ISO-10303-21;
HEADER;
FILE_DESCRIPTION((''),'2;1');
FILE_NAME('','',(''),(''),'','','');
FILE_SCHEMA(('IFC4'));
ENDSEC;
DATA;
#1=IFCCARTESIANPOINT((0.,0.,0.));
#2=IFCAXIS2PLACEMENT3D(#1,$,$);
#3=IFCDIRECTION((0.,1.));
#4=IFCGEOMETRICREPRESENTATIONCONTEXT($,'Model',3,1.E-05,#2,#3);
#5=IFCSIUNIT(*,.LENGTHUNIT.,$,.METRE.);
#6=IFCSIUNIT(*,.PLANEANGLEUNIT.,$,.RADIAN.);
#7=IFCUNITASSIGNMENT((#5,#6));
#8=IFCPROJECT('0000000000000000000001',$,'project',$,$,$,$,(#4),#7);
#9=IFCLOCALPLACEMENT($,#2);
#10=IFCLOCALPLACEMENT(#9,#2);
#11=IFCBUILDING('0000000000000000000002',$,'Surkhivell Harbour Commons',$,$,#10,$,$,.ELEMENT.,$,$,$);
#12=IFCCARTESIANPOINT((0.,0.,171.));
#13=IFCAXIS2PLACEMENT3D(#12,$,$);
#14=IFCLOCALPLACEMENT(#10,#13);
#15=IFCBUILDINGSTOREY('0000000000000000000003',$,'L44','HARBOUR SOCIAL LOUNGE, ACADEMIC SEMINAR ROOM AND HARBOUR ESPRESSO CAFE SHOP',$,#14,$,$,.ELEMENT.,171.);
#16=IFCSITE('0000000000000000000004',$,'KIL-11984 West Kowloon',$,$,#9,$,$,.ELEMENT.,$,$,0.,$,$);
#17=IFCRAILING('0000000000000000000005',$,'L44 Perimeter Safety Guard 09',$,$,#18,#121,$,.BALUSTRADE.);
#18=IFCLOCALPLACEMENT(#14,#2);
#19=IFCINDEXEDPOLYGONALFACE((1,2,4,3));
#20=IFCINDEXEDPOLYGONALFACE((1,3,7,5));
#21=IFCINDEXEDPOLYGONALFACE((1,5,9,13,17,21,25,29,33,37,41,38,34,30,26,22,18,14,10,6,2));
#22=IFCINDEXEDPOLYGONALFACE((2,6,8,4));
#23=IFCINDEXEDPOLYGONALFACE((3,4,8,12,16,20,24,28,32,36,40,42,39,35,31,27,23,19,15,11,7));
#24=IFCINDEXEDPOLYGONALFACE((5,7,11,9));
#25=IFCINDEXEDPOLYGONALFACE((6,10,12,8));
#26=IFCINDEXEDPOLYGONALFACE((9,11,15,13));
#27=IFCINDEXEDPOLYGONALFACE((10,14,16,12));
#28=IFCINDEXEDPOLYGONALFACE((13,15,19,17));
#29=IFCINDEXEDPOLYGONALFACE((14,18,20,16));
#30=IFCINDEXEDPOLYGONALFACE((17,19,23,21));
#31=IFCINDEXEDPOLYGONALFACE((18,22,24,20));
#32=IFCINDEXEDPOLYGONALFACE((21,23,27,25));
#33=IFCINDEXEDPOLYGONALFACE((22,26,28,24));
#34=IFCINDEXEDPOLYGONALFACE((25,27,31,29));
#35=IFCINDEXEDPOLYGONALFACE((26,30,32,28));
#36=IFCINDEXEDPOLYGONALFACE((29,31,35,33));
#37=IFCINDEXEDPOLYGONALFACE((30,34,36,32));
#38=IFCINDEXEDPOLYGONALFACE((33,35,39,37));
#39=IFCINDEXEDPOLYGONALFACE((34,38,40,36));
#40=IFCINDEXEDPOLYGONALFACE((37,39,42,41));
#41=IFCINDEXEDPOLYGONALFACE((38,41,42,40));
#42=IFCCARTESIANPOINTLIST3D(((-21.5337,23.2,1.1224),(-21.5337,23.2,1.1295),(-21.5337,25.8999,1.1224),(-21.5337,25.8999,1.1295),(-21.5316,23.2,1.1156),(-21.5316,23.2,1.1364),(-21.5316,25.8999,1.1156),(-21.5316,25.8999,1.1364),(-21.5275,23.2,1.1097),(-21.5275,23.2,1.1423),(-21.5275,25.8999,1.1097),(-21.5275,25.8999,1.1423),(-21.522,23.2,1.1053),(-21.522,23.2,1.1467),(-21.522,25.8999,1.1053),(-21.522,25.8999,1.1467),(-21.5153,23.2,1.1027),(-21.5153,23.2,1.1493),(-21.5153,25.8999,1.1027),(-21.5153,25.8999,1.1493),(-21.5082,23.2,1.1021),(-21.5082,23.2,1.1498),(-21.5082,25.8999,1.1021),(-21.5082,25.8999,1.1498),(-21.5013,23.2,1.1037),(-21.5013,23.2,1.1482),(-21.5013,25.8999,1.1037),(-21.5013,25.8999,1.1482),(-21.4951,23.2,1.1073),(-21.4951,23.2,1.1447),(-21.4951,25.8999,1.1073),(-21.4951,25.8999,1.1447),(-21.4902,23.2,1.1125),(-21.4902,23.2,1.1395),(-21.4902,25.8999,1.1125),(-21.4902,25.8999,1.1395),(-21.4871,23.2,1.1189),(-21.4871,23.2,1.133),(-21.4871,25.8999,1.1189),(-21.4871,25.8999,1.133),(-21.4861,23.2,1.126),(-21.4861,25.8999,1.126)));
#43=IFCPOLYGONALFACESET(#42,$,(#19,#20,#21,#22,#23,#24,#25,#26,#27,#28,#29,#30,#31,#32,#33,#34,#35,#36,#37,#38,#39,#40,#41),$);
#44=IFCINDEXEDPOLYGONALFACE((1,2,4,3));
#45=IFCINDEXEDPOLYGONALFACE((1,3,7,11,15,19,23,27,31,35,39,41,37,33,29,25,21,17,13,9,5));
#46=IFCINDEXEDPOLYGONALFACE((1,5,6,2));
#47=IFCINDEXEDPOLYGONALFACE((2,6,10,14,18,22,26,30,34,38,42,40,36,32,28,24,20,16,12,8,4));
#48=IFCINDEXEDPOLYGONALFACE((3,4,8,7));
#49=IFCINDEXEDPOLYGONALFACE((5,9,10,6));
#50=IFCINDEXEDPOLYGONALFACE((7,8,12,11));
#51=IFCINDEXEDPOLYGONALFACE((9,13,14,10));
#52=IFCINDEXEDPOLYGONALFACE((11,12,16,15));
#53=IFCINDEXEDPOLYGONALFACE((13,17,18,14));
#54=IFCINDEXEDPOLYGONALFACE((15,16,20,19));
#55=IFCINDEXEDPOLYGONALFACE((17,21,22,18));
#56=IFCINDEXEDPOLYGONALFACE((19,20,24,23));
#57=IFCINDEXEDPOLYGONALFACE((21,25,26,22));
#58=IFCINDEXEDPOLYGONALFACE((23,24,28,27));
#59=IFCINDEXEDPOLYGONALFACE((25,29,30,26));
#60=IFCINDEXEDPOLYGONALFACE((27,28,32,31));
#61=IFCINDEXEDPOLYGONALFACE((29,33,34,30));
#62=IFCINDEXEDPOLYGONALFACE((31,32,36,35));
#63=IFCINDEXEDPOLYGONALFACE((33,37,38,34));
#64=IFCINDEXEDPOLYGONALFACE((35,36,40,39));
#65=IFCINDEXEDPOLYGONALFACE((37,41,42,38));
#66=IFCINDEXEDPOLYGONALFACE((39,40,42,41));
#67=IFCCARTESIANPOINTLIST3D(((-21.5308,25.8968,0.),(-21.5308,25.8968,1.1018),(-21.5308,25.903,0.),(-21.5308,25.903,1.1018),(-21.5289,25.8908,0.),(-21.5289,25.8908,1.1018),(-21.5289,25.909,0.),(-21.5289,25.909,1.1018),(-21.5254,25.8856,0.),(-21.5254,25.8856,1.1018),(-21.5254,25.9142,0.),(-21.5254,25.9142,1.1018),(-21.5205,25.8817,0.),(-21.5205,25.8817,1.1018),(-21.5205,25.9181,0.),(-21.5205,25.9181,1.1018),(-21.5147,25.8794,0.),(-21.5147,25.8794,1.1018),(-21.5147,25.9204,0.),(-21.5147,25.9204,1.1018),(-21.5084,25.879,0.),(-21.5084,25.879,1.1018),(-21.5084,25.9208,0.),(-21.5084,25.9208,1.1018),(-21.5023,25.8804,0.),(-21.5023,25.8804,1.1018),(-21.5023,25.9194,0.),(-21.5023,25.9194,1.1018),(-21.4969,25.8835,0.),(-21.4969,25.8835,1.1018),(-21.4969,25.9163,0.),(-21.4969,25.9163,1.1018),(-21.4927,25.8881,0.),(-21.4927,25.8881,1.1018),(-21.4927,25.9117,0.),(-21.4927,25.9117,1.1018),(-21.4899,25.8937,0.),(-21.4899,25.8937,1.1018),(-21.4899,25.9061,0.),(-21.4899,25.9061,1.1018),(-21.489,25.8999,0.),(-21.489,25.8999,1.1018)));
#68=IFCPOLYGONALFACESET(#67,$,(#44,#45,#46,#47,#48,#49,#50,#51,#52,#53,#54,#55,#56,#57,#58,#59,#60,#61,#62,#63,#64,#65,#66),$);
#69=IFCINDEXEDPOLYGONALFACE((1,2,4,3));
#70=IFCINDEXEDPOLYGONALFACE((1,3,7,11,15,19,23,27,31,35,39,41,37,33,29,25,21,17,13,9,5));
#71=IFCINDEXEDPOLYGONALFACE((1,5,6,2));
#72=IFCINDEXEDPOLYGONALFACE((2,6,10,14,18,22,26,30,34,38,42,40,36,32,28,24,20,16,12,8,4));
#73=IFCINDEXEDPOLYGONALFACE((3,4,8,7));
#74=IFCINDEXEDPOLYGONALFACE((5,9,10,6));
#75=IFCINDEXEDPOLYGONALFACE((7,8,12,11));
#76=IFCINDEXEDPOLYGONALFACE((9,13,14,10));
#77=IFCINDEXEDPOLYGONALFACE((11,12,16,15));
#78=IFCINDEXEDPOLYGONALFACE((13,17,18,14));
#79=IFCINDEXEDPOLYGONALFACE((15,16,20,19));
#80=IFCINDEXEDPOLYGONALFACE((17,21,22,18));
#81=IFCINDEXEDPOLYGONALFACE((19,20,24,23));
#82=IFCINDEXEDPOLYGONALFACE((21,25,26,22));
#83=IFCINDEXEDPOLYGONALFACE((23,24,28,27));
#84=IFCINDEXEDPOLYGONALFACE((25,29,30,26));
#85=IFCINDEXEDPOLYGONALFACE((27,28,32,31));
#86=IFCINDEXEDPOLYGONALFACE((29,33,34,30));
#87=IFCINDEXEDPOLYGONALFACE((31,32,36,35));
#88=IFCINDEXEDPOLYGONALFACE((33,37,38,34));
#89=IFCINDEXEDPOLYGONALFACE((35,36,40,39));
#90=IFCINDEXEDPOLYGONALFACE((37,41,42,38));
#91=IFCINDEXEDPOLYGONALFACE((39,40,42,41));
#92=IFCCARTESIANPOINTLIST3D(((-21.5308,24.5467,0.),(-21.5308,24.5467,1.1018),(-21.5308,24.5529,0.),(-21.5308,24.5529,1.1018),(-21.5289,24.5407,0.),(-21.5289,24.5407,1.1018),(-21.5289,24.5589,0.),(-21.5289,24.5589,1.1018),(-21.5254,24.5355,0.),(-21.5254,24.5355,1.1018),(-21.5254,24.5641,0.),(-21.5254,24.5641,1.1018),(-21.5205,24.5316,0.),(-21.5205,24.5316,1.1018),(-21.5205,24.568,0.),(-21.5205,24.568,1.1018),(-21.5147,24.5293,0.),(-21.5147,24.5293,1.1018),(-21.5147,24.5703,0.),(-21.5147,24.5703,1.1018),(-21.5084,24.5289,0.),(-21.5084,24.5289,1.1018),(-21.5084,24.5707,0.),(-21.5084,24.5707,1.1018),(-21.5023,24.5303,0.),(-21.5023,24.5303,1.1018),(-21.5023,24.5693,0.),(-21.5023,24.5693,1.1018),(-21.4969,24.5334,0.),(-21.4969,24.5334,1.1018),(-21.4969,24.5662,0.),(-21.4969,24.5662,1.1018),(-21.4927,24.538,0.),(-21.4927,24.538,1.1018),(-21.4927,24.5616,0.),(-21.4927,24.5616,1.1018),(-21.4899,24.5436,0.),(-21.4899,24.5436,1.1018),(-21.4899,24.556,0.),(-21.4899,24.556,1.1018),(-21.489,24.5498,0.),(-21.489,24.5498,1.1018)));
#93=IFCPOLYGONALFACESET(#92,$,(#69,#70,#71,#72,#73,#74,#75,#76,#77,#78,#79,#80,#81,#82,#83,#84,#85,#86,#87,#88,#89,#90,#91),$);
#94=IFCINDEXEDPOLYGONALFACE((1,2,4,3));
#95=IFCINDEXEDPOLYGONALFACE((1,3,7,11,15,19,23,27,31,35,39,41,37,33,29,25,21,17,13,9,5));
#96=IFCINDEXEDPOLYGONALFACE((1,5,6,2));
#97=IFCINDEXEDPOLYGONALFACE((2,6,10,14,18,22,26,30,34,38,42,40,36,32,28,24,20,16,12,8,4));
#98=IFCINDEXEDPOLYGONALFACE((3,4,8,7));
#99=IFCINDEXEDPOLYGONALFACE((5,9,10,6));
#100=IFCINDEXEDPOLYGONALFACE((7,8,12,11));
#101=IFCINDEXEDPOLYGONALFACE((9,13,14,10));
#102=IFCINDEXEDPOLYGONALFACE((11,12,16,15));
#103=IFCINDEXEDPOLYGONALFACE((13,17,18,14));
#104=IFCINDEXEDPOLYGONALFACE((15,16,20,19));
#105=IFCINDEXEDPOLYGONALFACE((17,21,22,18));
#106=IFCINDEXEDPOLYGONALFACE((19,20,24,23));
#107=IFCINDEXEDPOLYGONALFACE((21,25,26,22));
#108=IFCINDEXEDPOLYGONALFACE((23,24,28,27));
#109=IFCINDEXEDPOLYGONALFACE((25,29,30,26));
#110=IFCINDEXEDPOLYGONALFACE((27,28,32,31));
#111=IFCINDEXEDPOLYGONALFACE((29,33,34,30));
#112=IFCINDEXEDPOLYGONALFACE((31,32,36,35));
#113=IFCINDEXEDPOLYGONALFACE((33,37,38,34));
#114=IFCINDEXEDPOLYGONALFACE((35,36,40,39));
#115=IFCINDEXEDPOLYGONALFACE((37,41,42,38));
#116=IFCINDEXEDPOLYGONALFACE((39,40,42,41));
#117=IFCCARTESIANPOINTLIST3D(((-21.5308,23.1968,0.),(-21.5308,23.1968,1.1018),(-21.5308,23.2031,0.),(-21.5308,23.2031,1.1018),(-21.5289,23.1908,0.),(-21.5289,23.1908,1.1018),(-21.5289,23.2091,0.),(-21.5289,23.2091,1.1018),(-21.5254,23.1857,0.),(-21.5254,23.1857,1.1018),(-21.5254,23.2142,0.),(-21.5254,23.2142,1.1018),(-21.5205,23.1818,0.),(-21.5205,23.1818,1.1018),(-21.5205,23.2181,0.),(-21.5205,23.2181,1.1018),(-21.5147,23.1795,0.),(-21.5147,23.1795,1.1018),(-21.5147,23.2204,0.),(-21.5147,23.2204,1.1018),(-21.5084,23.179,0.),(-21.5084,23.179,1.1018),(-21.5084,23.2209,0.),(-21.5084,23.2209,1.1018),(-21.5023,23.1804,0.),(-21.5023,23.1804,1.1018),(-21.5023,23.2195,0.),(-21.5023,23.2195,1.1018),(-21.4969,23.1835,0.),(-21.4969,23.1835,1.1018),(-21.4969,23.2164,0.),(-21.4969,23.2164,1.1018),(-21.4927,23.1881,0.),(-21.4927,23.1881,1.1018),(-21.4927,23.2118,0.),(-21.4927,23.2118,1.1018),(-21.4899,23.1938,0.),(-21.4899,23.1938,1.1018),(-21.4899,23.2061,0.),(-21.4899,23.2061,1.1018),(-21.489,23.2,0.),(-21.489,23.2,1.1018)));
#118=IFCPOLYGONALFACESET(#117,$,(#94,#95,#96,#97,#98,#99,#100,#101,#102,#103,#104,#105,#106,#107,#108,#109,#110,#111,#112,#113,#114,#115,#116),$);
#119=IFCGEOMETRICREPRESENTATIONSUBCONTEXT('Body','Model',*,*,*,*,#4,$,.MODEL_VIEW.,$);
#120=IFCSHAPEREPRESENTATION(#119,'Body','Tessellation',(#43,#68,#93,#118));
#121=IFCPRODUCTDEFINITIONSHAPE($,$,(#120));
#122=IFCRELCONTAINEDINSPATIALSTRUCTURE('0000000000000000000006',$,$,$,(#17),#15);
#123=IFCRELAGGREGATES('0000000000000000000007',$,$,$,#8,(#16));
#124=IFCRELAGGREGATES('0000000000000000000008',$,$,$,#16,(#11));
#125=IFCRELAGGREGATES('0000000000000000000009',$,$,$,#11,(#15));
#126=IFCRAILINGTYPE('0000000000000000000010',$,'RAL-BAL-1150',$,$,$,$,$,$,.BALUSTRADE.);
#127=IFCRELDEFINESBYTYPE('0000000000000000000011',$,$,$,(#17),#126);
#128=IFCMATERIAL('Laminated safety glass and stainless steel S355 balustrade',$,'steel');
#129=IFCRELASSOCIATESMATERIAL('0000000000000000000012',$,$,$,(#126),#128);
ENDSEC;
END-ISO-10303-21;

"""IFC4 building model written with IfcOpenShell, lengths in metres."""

from ifc_helpers import new_model, si_unit, direction, frame, origin, origin_2d, place, context, subcontext, project, spatial, circle, extrude, material, type_object, element, save


model = new_model("IFC4")

# Units and contexts
model_context = context("Model", 3, precision=1e-05, world=origin(), true_north=direction((0.0, 1.0)))
body_context = subcontext(model_context, "Body", "Model", "MODEL_VIEW")
ifc_project = project(units=[si_unit("LENGTHUNIT", "METRE"), si_unit("PLANEANGLEUNIT", "RADIAN")], contexts=[model_context])

# Site, building, storey
site_placement = place(None, origin())
site = spatial("IfcSite", under=ifc_project, at=site_placement, Name="KIL-11984 West Kowloon", CompositionType="ELEMENT", RefElevation=0.0)
building_placement = place(site_placement, origin())
building = spatial("IfcBuilding", under=site, at=building_placement, Name="Surkhivell Harbour Commons", CompositionType="ELEMENT")
storey_placement = place(building_placement, frame((0.0, 0.0, 171.0)))
storey = spatial("IfcBuildingStorey", under=building, at=storey_placement, Name="L44", Description="HARBOUR SOCIAL LOUNGE, ACADEMIC SEMINAR ROOM AND HARBOUR ESPRESSO CAFE SHOP", CompositionType="ELEMENT", Elevation=171.0)

# Railing
ifc_material_1 = material(Name="Laminated safety glass and stainless steel S355 balustrade", Category="steel")
railing_type = type_object("IfcRailingType", Name="RAL-BAL-1150", PredefinedType="BALUSTRADE", material=ifc_material_1)
railing_1_placement = place(storey_placement, frame((-21.51, 25.8999, 0.0)))
element("IfcRailing", 1, at=railing_1_placement, inside=storey, type_object=railing_type, Name="L44 Perimeter Safety Guard 09", PredefinedType="BALUSTRADE", context=body_context, shape_type="SweptSolid", body=[
    extrude(circle(Radius=0.0239, at=origin_2d()), frame((0.0, 0.0, 1.126), z_axis=(0.0, -1.0, 0.0), x_axis=(1.0, 0.0, 0.0)), (0.0, 0.0, 1.0), 2.7),
    extrude(circle(Radius=0.021, at=origin_2d()), origin(), (0.0, 0.0, 1.0), 1.1018),
    extrude(circle(Radius=0.021, at=origin_2d()), frame((0.0, -1.3501, 0.0)), (0.0, 0.0, 1.0), 1.1018),
    extrude(circle(Radius=0.021, at=origin_2d()), frame((0.0, -2.7, 0.0)), (0.0, 0.0, 1.0), 1.1018),
])

save(model, "model.ifc")
